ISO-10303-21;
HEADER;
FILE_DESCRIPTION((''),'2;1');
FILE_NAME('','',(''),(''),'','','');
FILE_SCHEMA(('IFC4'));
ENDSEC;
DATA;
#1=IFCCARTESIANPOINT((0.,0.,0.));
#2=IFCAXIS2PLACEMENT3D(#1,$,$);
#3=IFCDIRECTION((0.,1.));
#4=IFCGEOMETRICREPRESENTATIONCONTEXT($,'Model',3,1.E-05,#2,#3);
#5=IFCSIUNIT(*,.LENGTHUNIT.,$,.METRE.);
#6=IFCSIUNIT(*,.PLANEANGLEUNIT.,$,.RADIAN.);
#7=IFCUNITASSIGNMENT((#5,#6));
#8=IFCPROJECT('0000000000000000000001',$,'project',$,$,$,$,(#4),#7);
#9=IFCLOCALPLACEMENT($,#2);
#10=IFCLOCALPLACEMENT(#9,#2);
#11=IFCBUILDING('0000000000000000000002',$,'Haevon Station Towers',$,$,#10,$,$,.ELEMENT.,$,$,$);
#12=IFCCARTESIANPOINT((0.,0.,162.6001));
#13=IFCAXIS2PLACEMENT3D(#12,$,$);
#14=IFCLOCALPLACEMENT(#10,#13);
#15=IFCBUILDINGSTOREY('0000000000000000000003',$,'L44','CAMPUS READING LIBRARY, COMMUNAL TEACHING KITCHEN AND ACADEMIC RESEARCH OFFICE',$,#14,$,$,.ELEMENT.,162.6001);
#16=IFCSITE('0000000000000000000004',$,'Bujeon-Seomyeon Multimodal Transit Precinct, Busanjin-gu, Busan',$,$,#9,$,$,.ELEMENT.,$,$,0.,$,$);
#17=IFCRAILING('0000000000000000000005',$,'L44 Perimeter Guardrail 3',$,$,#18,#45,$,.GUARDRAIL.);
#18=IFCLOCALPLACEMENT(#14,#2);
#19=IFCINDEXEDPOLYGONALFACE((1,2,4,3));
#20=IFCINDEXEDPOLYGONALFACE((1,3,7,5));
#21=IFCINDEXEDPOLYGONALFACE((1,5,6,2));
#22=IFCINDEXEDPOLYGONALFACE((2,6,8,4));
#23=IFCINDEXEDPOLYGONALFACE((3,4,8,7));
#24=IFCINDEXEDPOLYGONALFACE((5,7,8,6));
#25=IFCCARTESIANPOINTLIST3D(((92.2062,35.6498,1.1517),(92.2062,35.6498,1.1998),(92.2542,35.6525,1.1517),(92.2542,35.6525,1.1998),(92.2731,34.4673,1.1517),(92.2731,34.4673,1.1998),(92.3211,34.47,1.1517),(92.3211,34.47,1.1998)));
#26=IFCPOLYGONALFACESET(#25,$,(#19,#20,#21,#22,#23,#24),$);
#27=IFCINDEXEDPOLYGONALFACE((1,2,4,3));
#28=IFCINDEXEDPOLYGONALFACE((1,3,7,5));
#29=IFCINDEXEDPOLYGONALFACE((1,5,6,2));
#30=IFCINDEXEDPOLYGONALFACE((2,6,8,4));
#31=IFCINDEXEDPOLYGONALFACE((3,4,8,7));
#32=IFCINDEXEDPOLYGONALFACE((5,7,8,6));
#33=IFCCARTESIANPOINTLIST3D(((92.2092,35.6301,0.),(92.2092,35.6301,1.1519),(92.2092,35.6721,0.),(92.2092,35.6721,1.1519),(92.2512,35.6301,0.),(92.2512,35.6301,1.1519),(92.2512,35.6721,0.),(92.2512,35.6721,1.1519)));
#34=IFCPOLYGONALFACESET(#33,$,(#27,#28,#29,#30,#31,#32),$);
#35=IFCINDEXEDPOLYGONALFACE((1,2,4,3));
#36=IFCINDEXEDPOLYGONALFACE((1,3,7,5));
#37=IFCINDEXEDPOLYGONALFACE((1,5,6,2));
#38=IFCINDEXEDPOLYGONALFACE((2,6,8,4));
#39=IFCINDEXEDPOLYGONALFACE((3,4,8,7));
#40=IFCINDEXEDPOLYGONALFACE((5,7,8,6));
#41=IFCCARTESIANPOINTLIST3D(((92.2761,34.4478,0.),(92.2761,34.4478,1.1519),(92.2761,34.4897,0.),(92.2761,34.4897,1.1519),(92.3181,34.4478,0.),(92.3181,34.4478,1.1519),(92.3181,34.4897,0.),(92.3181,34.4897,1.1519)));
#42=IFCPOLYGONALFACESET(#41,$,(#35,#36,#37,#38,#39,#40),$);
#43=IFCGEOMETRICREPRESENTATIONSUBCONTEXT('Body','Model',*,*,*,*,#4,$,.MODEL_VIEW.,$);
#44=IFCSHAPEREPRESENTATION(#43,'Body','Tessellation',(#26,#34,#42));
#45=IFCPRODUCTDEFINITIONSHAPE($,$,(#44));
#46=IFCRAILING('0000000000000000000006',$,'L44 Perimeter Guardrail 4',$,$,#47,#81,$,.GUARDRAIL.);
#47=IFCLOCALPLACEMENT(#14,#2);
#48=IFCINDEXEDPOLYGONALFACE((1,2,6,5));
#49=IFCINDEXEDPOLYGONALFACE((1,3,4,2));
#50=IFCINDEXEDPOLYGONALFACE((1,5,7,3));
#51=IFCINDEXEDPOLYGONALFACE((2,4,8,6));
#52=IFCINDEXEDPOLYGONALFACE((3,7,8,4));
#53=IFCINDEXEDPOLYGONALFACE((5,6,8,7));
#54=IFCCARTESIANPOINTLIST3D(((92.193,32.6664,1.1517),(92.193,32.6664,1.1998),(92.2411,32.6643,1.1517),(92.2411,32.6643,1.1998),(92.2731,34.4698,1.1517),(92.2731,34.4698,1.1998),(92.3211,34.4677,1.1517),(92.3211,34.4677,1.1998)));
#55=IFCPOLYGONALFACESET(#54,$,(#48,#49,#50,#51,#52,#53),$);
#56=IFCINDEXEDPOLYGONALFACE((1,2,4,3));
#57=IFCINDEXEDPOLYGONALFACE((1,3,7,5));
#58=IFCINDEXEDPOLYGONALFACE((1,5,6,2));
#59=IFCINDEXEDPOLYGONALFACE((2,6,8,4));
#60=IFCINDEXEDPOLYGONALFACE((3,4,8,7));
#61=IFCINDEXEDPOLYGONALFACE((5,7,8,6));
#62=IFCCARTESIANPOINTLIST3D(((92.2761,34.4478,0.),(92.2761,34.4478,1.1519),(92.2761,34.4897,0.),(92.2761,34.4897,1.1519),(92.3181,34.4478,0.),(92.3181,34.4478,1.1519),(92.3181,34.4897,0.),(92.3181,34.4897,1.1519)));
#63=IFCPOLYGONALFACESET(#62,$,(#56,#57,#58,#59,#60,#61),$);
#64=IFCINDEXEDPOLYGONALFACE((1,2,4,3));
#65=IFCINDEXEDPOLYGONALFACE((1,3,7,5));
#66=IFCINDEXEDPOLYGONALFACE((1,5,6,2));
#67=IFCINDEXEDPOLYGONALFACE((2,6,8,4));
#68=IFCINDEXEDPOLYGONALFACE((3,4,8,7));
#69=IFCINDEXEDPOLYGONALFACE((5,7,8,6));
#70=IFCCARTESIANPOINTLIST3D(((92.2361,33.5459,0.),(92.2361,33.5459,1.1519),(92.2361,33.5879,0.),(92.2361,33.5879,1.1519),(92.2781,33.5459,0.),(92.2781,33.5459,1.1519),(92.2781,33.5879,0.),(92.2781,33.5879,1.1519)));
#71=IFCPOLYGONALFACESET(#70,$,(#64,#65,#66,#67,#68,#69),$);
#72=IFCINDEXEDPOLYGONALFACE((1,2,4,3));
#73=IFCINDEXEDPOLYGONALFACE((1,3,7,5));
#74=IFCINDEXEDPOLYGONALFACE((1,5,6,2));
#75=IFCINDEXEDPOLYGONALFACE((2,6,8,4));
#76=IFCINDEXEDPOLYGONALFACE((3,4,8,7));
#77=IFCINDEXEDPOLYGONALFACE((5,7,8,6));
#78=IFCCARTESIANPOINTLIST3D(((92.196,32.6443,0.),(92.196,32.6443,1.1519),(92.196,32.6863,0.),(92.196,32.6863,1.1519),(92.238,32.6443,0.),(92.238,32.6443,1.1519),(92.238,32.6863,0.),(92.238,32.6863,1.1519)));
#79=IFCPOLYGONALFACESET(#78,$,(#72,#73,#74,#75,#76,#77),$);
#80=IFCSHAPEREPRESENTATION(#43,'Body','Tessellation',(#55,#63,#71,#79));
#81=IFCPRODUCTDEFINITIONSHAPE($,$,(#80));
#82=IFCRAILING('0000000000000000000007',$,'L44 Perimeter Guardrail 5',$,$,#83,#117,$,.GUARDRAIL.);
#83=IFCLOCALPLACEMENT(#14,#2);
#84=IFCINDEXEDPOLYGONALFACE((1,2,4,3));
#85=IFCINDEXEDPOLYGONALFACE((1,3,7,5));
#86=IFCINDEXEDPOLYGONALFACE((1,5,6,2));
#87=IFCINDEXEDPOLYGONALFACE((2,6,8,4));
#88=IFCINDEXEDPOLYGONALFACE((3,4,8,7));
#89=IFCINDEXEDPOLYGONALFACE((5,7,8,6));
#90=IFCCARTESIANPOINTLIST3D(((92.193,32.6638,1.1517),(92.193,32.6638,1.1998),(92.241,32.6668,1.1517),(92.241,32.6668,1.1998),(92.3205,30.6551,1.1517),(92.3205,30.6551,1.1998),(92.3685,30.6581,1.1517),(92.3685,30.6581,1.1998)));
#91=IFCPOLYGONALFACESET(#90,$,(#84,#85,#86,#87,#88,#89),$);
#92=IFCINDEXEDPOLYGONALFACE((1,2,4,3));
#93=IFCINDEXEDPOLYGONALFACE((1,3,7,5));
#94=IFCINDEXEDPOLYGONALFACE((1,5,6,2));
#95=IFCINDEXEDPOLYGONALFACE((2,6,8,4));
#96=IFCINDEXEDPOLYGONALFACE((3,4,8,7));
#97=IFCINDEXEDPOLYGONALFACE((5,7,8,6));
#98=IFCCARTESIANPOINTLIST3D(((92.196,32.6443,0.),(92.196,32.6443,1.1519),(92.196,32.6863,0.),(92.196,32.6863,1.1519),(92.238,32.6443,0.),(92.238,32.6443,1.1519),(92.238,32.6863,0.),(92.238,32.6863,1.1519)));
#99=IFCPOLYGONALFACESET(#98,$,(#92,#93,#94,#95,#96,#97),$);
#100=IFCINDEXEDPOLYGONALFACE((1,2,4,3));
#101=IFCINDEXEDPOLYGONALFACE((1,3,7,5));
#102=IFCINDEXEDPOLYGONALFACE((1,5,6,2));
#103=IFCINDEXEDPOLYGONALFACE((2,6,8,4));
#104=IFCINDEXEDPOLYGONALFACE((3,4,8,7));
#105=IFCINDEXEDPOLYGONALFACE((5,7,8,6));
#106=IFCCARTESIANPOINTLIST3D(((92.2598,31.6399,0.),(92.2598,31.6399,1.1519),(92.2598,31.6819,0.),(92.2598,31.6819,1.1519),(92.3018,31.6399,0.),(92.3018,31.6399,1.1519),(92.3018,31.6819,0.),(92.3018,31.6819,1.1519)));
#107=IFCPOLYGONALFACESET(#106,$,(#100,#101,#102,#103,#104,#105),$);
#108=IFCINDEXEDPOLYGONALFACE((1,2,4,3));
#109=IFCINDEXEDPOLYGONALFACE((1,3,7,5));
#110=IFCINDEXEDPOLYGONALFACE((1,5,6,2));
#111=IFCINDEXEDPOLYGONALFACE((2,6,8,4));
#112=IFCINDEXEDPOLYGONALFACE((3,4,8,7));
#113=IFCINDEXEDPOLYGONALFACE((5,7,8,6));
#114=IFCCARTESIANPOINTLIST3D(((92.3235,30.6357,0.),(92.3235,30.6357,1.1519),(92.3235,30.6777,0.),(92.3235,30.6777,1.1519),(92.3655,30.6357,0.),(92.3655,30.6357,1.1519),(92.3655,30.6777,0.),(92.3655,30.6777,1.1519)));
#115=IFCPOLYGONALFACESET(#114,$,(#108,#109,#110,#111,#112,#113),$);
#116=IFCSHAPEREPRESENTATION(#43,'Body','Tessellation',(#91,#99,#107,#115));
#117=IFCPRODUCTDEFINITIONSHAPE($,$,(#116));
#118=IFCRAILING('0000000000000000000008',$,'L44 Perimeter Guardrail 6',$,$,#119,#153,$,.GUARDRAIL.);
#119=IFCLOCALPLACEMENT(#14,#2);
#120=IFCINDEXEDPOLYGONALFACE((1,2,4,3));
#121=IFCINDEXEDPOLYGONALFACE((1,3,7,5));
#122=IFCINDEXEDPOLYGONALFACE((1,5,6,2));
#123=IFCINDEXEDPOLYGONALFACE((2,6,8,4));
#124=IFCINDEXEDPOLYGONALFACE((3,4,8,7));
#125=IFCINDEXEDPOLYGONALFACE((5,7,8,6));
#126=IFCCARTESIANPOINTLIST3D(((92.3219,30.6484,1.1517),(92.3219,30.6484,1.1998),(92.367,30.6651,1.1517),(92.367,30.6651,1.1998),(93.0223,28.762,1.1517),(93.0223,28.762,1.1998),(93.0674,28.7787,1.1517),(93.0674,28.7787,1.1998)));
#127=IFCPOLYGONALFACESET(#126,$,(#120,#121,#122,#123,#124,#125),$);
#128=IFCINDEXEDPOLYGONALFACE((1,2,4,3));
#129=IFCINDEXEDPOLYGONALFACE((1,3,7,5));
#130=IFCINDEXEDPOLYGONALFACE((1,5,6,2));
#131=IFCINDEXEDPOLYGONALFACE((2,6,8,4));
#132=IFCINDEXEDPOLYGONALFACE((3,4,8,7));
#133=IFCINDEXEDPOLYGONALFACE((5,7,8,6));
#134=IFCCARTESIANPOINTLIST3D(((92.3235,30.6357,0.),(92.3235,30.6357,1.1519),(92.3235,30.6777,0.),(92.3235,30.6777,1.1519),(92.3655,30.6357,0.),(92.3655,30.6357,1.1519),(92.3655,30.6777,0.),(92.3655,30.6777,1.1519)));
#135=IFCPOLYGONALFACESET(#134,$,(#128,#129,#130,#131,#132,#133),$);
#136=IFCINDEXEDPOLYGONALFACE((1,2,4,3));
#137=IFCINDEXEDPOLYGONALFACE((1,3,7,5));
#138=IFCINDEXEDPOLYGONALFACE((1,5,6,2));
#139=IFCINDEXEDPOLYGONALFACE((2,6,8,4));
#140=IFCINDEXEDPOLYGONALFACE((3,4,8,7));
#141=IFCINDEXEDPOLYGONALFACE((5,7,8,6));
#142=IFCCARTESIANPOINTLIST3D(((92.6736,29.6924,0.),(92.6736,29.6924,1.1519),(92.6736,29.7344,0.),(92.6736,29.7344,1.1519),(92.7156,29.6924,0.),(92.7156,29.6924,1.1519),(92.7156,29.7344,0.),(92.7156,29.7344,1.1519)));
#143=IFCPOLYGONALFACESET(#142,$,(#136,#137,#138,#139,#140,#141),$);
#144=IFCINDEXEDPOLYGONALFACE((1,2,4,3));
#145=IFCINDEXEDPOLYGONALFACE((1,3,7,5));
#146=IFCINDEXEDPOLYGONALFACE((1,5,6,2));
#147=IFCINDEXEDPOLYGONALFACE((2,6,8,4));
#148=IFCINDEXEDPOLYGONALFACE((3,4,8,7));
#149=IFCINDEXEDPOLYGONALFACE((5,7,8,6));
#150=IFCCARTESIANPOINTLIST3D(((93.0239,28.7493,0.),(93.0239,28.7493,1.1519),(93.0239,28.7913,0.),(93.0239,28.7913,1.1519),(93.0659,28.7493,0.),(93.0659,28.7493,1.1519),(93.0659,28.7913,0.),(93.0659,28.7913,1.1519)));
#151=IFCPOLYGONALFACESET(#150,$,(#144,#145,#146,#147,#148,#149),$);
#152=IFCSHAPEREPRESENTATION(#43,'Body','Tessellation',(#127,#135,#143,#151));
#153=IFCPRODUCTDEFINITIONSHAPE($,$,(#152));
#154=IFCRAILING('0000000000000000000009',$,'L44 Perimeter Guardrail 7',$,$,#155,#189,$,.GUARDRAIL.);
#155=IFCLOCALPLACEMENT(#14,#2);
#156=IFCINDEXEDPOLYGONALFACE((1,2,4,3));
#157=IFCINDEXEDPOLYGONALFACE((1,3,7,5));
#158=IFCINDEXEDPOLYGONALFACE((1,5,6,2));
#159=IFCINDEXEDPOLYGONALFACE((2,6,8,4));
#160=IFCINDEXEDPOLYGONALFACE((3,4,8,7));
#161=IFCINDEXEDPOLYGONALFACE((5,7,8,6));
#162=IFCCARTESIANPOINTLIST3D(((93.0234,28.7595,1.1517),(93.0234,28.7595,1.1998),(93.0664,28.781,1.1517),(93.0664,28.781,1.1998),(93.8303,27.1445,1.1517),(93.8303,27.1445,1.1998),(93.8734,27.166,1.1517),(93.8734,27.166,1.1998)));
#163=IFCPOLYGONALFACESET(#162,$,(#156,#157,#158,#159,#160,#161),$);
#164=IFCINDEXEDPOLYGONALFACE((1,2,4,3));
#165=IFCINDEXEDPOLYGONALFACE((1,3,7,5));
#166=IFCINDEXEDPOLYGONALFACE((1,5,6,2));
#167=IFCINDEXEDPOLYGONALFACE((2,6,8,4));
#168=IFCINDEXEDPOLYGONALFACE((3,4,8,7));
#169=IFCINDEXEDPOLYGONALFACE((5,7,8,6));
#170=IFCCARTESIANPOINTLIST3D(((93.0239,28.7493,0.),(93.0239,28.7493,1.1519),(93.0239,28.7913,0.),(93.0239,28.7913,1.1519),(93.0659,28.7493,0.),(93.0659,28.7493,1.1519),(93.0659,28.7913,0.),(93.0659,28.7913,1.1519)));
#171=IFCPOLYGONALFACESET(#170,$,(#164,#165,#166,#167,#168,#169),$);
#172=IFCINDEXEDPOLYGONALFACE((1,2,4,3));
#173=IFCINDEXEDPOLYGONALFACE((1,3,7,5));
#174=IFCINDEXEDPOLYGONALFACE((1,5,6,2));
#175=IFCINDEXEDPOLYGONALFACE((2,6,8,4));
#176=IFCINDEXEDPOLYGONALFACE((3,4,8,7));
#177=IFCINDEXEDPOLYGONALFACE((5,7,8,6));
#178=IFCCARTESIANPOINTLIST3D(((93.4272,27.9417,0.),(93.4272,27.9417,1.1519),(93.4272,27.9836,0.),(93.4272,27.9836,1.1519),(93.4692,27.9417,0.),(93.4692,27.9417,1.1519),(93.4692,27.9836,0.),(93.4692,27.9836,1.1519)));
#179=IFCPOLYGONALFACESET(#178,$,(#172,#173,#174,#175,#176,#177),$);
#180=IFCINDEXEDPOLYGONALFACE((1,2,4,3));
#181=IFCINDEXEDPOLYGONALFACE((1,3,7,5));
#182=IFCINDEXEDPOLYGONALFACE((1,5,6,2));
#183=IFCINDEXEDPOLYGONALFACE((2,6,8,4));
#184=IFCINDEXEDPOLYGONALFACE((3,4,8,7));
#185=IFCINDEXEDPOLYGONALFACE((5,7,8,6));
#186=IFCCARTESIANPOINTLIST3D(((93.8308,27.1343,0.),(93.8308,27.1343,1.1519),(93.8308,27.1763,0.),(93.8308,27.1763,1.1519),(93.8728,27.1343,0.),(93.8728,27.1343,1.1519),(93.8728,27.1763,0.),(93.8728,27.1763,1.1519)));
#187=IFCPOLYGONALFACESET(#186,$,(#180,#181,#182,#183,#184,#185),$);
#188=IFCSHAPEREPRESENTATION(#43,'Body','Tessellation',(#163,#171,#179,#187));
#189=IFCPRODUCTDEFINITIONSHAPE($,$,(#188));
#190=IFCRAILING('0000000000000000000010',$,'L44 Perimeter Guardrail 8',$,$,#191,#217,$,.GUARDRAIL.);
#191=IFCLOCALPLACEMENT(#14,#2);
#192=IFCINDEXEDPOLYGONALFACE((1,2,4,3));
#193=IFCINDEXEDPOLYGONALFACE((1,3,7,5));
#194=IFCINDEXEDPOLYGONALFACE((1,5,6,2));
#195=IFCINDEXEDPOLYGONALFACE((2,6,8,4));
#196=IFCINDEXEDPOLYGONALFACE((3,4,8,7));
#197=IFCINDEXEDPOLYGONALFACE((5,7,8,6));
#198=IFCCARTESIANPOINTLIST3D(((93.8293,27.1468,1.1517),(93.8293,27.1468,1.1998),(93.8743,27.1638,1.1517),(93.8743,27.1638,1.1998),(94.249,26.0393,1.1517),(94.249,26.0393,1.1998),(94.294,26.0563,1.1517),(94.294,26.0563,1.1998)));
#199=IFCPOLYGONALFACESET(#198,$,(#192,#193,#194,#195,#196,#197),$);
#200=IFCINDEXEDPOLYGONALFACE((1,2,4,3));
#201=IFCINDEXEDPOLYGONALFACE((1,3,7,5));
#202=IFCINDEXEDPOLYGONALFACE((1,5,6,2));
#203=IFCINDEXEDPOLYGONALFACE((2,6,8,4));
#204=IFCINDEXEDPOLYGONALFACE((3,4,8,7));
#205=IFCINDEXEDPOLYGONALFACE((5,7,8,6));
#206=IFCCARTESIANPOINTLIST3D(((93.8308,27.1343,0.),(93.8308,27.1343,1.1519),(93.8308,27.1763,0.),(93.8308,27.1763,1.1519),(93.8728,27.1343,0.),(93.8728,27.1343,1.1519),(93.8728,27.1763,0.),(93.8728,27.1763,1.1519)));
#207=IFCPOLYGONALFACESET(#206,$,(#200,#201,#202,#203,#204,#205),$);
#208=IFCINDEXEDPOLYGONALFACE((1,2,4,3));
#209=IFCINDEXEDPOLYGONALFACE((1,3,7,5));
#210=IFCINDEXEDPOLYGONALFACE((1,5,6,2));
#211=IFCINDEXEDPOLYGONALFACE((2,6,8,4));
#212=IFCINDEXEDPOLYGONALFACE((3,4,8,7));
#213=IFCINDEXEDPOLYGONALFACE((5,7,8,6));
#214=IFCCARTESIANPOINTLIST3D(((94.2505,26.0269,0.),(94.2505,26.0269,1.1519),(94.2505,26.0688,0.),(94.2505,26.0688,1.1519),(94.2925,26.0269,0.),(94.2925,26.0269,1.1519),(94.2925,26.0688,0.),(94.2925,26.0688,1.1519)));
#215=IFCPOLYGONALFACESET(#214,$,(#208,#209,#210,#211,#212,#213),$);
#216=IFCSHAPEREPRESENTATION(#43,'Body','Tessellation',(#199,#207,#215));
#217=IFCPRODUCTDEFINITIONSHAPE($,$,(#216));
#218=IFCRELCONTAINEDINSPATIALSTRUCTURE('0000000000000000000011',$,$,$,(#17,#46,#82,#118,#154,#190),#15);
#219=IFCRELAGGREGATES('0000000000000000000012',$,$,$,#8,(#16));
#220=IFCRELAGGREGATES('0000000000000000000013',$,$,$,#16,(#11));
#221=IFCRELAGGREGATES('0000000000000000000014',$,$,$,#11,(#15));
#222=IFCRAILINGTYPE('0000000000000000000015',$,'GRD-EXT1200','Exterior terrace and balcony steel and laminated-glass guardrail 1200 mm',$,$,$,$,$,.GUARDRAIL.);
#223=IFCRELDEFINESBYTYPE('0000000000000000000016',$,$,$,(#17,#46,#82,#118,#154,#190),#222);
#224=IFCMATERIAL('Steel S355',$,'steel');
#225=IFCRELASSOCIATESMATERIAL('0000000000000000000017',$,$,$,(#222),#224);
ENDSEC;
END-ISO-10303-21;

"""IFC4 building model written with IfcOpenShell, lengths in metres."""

from ifc_helpers import new_model, si_unit, direction, frame, origin, origin_2d, place, context, subcontext, project, spatial, rectangle, extrude, material, type_object, element, save


model = new_model("IFC4")

# Units and contexts
model_context = context("Model", 3, precision=1e-05, world=origin(), true_north=direction((0.0, 1.0)))
body_context = subcontext(model_context, "Body", "Model", "MODEL_VIEW")
ifc_project = project(units=[si_unit("LENGTHUNIT", "METRE"), si_unit("PLANEANGLEUNIT", "RADIAN")], contexts=[model_context])

# Site, building, storey
site_placement = place(None, origin())
site = spatial("IfcSite", under=ifc_project, at=site_placement, Name="Bujeon-Seomyeon Multimodal Transit Precinct, Busanjin-gu, Busan", CompositionType="ELEMENT", RefElevation=0.0)
building_placement = place(site_placement, origin())
building = spatial("IfcBuilding", under=site, at=building_placement, Name="Haevon Station Towers", CompositionType="ELEMENT")
storey_placement = place(building_placement, frame((0.0, 0.0, 162.6001)))
storey = spatial("IfcBuildingStorey", under=building, at=storey_placement, Name="L44", Description="CAMPUS READING LIBRARY, COMMUNAL TEACHING KITCHEN AND ACADEMIC RESEARCH OFFICE", CompositionType="ELEMENT", Elevation=162.6001)

# Shared definitions
ifc_material_1 = material(Name="Steel S355", Category="steel")

# Railings
railing_type = type_object("IfcRailingType", Name="GRD-EXT1200", Description="Exterior terrace and balcony steel and laminated-glass guardrail 1200 mm", PredefinedType="GUARDRAIL", material=ifc_material_1)
railing_1_placement = place(storey_placement, frame((92.2302, 35.6511, 0.0)))
element("IfcRailing", 1, at=railing_1_placement, inside=storey, type_object=railing_type, Name="L44 Perimeter Guardrail 3", PredefinedType="GUARDRAIL", context=body_context, shape_type="SweptSolid", body=[
    extrude(rectangle(XDim=0.0481, YDim=0.0481, at=origin_2d()), frame((0.0, 0.0, 1.1758), z_axis=(0.056486, -0.998403, 0.0), x_axis=(0.998403, 0.056486, 0.0)), (0.0, 0.0, 1.0), 1.1843),
    extrude(rectangle(XDim=0.042, YDim=0.042, at=origin_2d()), origin(), (0.0, 0.0, 1.0), 1.1519),
    extrude(rectangle(XDim=0.042, YDim=0.042, at=origin_2d()), frame((0.0669, -1.1824, 0.0)), (0.0, 0.0, 1.0), 1.1519),
])
railing_2_placement = place(storey_placement, frame((92.2971, 34.4688, 0.0)))
element("IfcRailing", 2, at=railing_2_placement, inside=storey, type_object=railing_type, Name="L44 Perimeter Guardrail 4", PredefinedType="GUARDRAIL", context=body_context, shape_type="SweptSolid", body=[
    extrude(rectangle(XDim=0.0481, YDim=0.0481, at=origin_2d()), frame((0.0, 0.0, 1.1758), z_axis=(-0.044359, -0.999016, 0.0), x_axis=(0.999016, -0.044359, 0.0)), (0.0, 0.0, 1.0), 1.8052),
    extrude(rectangle(XDim=0.042, YDim=0.042, at=origin_2d()), origin(), (0.0, 0.0, 1.0), 1.1519),
    extrude(rectangle(XDim=0.042, YDim=0.042, at=origin_2d()), frame((-0.04, -0.9019, 0.0)), (0.0, 0.0, 1.0), 1.1519),
    extrude(rectangle(XDim=0.042, YDim=0.042, at=origin_2d()), frame((-0.0801, -1.8035, 0.0)), (0.0, 0.0, 1.0), 1.1519),
])
railing_3_placement = place(storey_placement, frame((92.217, 32.6653, 0.0)))
element("IfcRailing", 3, at=railing_3_placement, inside=storey, type_object=railing_type, Name="L44 Perimeter Guardrail 5", PredefinedType="GUARDRAIL", context=body_context, shape_type="SweptSolid", body=[
    extrude(rectangle(XDim=0.0481, YDim=0.0481, at=origin_2d()), frame((0.0, 0.0, 1.1758), z_axis=(0.063322, -0.997993, 0.0), x_axis=(0.997993, 0.063322, 0.0)), (0.0, 0.0, 1.0), 2.0127),
    extrude(rectangle(XDim=0.042, YDim=0.042, at=origin_2d()), origin(), (0.0, 0.0, 1.0), 1.1519),
    extrude(rectangle(XDim=0.042, YDim=0.042, at=origin_2d()), frame((0.0637, -1.0044, 0.0)), (0.0, 0.0, 1.0), 1.1519),
    extrude(rectangle(XDim=0.042, YDim=0.042, at=origin_2d()), frame((0.1274, -2.0085, 0.0)), (0.0, 0.0, 1.0), 1.1519),
])
railing_4_placement = place(storey_placement, frame((92.3445, 30.6567, 0.0)))
element("IfcRailing", 4, at=railing_4_placement, inside=storey, type_object=railing_type, Name="L44 Perimeter Guardrail 6", PredefinedType="GUARDRAIL", context=body_context, shape_type="SweptSolid", body=[
    extrude(rectangle(XDim=0.0481, YDim=0.0481, at=origin_2d()), frame((0.0, 0.0, 1.1758), z_axis=(0.348077, -0.937466, 0.0), x_axis=(0.937466, 0.348077, 0.0)), (0.0, 0.0, 1.0), 2.0122),
    extrude(rectangle(XDim=0.042, YDim=0.042, at=origin_2d()), origin(), (0.0, 0.0, 1.0), 1.1519),
    extrude(rectangle(XDim=0.042, YDim=0.042, at=origin_2d()), frame((0.3501, -0.9434, 0.0)), (0.0, 0.0, 1.0), 1.1519),
    extrude(rectangle(XDim=0.042, YDim=0.042, at=origin_2d()), frame((0.7004, -1.8865, 0.0)), (0.0, 0.0, 1.0), 1.1519),
])
railing_5_placement = place(storey_placement, frame((93.0449, 28.7703, 0.0)))
element("IfcRailing", 5, at=railing_5_placement, inside=storey, type_object=railing_type, Name="L44 Perimeter Guardrail 7", PredefinedType="GUARDRAIL", context=body_context, shape_type="SweptSolid", body=[
    extrude(rectangle(XDim=0.0481, YDim=0.0481, at=origin_2d()), frame((0.0, 0.0, 1.1758), z_axis=(0.446943, -0.894562, 0.0), x_axis=(0.894562, 0.446943, 0.0)), (0.0, 0.0, 1.0), 1.8054),
    extrude(rectangle(XDim=0.042, YDim=0.042, at=origin_2d()), origin(), (0.0, 0.0, 1.0), 1.1519),
    extrude(rectangle(XDim=0.042, YDim=0.042, at=origin_2d()), frame((0.4033, -0.8076, 0.0)), (0.0, 0.0, 1.0), 1.1519),
    extrude(rectangle(XDim=0.042, YDim=0.042, at=origin_2d()), frame((0.8069, -1.615, 0.0)), (0.0, 0.0, 1.0), 1.1519),
])
railing_6_placement = place(storey_placement, frame((93.8518, 27.1553, 0.0)))
element("IfcRailing", 6, at=railing_6_placement, inside=storey, type_object=railing_type, Name="L44 Perimeter Guardrail 8", PredefinedType="GUARDRAIL", context=body_context, shape_type="SweptSolid", body=[
    extrude(rectangle(XDim=0.0481, YDim=0.0481, at=origin_2d()), frame((0.0, 0.0, 1.1758), z_axis=(0.354375, -0.935104, 0.0), x_axis=(0.935104, 0.354375, 0.0)), (0.0, 0.0, 1.0), 1.1843),
    extrude(rectangle(XDim=0.042, YDim=0.042, at=origin_2d()), origin(), (0.0, 0.0, 1.0), 1.1519),
    extrude(rectangle(XDim=0.042, YDim=0.042, at=origin_2d()), frame((0.4197, -1.1074, 0.0)), (0.0, 0.0, 1.0), 1.1519),
])

save(model, "model.ifc")
